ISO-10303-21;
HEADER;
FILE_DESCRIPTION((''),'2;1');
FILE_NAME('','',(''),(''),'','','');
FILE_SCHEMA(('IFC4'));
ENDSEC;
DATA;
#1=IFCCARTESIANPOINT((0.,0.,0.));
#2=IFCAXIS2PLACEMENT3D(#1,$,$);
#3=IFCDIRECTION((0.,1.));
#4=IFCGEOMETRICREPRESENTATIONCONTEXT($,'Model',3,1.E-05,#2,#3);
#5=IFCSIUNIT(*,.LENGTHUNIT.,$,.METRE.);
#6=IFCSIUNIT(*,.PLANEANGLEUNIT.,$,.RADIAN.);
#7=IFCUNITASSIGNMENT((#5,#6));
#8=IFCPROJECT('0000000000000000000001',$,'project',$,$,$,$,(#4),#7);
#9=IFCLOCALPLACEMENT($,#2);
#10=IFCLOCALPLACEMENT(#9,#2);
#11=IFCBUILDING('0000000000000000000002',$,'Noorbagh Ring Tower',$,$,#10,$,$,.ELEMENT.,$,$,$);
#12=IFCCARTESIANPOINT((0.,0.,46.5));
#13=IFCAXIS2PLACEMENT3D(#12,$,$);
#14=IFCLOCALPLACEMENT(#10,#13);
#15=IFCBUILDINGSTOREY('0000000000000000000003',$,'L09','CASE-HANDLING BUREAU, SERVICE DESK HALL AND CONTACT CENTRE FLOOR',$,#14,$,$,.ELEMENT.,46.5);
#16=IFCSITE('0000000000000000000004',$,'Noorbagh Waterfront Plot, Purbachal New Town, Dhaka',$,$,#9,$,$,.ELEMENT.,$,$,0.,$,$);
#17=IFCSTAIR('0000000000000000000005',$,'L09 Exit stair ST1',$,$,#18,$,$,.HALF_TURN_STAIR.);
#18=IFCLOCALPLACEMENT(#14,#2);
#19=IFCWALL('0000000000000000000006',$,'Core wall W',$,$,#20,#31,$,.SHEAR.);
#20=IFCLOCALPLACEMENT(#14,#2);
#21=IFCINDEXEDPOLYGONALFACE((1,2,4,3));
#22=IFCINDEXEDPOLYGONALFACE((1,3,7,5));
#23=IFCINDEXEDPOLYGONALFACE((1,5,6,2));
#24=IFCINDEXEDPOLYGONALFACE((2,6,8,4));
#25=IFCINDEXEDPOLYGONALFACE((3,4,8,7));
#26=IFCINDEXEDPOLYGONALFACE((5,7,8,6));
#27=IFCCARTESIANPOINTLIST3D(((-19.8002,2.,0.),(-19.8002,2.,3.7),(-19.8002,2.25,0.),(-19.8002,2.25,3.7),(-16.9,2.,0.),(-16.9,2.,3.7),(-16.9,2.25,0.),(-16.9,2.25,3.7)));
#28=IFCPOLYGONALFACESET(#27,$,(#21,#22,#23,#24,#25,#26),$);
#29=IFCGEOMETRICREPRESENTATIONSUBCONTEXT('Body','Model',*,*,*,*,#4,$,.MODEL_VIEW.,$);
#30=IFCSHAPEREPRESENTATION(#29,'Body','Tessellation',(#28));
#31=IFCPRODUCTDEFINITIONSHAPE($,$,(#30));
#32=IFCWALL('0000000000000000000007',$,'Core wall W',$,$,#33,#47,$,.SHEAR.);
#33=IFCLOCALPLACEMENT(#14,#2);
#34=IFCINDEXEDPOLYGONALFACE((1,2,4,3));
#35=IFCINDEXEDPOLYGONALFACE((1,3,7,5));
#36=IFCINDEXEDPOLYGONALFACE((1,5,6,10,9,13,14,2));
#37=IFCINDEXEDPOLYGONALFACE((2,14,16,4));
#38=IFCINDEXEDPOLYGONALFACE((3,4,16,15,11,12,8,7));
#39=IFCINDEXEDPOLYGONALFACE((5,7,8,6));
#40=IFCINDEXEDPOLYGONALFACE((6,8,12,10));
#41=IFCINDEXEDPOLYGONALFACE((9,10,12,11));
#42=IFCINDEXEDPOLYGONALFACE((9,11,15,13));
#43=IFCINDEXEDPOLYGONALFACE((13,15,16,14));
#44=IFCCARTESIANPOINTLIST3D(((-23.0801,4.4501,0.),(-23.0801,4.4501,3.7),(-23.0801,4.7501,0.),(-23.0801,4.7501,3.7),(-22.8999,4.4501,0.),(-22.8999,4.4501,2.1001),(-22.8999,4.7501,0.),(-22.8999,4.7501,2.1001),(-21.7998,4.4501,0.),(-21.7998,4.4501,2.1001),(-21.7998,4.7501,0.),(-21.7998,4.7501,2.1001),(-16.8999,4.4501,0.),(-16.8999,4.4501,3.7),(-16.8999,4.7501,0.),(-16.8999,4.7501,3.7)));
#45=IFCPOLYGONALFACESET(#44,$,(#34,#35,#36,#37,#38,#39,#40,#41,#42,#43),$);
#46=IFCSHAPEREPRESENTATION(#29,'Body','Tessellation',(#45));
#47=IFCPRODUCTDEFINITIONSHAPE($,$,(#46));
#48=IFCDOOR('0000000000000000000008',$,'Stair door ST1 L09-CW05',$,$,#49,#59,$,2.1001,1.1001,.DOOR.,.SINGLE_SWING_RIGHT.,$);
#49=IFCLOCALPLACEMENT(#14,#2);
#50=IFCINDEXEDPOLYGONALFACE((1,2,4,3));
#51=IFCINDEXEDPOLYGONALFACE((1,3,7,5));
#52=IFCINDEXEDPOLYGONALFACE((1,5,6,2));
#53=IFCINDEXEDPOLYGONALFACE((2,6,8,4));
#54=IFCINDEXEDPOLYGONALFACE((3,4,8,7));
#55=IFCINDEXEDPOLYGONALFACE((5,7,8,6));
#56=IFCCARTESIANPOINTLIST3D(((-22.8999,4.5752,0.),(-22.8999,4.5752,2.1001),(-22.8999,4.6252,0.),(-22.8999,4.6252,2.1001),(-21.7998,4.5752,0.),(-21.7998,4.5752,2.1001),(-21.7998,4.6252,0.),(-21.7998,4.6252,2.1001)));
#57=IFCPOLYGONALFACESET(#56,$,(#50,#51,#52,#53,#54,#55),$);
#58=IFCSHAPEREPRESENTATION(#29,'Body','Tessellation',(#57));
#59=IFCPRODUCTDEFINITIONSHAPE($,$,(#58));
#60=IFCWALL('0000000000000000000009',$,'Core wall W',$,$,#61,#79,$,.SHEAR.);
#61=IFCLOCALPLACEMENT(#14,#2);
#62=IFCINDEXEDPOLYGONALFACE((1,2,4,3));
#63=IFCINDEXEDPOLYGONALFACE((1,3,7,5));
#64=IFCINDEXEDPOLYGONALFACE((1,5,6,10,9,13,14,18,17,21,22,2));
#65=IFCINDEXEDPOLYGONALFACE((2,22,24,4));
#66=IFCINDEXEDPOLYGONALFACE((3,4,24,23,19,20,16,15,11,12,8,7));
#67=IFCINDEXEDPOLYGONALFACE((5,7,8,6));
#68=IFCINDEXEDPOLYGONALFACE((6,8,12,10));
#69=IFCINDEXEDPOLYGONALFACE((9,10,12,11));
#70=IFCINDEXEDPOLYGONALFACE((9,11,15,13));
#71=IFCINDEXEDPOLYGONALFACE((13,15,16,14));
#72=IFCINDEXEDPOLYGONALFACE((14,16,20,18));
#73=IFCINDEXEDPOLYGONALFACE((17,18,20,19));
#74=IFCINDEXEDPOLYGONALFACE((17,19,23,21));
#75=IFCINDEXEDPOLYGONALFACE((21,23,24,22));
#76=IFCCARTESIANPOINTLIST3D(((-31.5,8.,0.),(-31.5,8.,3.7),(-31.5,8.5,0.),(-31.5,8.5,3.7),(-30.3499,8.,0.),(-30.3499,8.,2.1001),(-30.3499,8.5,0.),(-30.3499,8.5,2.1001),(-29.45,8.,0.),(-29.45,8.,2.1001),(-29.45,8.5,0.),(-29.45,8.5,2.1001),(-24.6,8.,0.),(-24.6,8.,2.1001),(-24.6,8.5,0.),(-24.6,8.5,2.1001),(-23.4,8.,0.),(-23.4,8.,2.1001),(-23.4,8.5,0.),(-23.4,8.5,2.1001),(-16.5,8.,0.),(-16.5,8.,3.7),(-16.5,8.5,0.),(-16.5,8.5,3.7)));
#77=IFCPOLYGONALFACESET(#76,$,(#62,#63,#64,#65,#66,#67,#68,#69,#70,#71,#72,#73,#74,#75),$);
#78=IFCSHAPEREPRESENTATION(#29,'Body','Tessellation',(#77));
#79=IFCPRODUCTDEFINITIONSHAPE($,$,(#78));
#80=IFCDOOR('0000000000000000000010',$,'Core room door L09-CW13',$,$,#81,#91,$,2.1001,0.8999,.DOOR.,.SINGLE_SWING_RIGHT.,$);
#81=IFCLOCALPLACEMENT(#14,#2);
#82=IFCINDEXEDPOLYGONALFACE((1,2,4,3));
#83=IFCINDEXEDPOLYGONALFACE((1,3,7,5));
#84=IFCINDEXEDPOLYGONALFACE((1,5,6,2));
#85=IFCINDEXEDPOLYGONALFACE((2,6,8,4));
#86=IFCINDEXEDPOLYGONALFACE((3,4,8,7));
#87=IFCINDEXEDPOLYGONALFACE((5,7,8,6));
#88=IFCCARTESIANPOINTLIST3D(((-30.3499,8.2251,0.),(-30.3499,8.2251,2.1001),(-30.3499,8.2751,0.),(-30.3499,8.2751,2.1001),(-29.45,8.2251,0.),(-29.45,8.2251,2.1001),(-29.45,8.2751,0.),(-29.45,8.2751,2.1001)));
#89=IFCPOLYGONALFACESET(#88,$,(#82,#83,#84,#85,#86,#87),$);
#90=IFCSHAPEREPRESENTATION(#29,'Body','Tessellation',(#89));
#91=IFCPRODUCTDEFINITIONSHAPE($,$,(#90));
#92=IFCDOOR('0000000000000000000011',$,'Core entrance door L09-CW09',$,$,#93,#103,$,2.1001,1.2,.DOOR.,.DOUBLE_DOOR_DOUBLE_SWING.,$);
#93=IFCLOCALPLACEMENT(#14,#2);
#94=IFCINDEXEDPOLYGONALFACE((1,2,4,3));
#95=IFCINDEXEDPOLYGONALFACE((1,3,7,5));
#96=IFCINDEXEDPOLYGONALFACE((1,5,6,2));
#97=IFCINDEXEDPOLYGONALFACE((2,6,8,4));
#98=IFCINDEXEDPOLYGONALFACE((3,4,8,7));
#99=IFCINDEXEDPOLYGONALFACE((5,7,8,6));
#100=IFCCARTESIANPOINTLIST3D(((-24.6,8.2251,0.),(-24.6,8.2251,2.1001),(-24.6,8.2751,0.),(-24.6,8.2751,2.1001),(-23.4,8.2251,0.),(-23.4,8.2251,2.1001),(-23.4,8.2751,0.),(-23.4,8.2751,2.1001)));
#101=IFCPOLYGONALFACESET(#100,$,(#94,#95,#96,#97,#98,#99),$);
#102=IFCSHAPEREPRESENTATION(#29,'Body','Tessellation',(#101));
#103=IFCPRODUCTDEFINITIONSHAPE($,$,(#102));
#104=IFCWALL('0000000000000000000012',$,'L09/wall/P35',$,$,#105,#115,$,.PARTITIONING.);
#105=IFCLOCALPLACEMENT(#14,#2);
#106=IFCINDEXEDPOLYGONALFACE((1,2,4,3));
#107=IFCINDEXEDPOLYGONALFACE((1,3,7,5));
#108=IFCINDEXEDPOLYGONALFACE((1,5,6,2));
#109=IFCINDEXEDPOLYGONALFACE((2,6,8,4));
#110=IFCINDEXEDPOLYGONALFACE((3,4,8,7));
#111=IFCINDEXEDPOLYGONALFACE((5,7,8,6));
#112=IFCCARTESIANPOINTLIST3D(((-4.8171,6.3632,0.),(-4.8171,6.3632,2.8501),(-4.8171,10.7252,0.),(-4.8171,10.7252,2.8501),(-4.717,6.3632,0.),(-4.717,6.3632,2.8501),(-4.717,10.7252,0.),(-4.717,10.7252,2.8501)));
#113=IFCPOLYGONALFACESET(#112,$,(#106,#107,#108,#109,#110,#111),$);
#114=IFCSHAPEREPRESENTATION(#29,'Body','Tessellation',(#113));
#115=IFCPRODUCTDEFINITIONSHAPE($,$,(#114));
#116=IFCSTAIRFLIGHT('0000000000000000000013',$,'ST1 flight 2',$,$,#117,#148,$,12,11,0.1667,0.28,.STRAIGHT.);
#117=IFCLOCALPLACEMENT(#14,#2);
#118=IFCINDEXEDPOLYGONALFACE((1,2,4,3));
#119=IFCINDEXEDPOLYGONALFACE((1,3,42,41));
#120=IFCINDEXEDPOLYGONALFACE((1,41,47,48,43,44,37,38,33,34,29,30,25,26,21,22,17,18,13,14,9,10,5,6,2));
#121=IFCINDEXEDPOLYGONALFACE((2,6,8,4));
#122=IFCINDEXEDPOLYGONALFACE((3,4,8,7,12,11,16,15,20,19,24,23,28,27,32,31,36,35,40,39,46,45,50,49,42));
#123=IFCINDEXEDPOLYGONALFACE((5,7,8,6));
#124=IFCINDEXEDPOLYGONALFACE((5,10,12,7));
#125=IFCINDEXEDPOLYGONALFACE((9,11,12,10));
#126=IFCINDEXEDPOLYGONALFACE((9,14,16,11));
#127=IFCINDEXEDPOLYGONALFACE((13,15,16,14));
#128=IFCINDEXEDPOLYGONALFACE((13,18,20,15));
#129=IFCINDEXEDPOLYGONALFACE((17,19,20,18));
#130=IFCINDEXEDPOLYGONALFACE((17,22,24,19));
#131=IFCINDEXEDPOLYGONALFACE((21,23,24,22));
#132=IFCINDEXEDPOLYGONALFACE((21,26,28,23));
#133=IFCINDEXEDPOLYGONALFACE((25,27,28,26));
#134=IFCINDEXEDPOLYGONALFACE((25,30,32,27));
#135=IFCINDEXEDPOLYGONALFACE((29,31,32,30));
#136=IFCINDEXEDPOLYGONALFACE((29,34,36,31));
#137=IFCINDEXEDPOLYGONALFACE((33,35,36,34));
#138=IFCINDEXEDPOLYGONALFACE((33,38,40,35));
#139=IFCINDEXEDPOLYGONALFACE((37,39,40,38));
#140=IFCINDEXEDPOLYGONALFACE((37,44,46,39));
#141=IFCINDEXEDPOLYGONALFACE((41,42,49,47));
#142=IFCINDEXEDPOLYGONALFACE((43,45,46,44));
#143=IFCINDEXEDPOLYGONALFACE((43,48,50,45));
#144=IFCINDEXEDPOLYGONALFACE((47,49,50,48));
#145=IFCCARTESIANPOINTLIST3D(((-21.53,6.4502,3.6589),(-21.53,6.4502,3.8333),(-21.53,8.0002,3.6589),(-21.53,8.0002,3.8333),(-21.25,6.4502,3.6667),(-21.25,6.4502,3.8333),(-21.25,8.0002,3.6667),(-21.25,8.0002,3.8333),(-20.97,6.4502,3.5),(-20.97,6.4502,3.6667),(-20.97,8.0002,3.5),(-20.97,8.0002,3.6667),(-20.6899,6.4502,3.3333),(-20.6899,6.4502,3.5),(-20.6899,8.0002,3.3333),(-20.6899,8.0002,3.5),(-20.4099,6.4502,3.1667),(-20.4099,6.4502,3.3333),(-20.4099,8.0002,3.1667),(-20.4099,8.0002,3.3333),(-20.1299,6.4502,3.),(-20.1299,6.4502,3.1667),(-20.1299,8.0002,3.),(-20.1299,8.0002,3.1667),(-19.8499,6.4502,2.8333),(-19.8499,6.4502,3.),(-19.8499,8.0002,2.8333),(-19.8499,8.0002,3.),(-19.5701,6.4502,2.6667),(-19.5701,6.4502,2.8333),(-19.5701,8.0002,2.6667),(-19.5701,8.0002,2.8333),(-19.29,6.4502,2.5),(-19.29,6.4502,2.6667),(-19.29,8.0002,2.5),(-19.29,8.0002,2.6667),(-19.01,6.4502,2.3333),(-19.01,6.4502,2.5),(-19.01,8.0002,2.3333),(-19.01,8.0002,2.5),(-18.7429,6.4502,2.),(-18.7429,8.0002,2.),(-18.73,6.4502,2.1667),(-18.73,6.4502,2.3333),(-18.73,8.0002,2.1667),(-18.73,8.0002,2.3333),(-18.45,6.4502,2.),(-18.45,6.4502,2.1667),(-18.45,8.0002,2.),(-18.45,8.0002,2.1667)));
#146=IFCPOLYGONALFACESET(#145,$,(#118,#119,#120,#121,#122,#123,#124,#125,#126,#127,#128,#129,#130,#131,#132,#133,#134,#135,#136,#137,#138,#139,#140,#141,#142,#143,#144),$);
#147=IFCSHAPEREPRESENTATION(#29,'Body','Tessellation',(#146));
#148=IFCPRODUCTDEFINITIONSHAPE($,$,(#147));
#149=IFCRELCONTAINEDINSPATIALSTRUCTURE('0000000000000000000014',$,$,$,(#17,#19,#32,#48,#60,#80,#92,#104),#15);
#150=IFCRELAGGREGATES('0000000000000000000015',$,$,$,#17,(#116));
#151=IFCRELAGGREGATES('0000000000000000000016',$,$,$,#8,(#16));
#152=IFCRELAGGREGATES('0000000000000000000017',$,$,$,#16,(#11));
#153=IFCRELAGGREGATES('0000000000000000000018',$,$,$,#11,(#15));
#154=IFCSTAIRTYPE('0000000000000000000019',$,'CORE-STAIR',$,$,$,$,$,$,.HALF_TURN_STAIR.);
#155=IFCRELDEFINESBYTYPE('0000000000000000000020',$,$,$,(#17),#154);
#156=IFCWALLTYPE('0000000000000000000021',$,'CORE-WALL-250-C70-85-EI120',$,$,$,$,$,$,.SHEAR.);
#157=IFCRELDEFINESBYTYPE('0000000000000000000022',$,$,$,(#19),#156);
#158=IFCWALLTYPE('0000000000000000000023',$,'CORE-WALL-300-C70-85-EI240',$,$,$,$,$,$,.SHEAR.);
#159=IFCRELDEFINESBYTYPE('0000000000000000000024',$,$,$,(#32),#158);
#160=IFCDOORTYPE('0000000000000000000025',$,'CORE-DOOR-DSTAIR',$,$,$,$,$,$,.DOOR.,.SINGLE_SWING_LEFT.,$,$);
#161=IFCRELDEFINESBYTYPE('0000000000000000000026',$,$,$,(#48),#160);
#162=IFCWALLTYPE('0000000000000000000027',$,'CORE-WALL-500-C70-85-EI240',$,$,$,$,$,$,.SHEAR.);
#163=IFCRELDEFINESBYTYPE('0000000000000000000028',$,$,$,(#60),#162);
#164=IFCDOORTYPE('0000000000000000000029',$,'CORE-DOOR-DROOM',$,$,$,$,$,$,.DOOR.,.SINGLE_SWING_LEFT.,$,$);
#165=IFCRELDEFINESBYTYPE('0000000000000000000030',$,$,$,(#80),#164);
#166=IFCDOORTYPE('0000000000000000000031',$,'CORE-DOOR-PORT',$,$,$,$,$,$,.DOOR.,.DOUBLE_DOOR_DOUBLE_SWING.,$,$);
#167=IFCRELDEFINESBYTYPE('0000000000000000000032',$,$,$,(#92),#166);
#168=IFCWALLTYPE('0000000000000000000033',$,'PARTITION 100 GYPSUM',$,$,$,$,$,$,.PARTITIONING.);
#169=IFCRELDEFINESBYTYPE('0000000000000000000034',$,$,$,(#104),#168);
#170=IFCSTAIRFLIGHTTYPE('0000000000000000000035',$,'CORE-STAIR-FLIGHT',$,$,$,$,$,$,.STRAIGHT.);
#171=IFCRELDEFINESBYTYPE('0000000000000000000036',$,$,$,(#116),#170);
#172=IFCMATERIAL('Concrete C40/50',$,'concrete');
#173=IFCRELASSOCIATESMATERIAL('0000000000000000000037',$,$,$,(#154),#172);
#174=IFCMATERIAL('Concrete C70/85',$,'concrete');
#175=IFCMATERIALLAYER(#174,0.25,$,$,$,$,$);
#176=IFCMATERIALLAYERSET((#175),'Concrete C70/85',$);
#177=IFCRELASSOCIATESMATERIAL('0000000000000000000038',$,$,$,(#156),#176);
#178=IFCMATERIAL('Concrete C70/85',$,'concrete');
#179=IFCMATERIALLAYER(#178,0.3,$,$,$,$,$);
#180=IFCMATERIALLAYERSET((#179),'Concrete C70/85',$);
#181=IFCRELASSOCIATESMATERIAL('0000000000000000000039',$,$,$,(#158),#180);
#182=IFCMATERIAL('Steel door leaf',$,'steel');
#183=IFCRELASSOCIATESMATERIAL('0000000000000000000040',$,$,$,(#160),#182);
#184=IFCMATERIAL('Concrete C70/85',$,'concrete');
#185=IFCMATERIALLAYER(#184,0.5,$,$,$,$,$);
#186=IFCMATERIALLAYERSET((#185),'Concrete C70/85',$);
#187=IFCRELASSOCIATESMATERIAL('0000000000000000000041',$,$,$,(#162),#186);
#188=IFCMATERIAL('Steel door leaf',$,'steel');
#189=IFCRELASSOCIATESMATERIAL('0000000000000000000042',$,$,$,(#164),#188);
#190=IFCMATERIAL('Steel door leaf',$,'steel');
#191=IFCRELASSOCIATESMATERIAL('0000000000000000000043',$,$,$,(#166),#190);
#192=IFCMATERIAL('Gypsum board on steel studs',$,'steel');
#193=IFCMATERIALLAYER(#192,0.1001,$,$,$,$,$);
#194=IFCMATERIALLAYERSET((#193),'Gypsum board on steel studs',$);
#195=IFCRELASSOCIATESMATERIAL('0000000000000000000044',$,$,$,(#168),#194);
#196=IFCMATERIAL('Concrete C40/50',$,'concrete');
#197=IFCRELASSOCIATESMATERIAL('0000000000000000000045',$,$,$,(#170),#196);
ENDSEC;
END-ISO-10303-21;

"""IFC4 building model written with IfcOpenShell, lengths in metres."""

from ifc_helpers import new_model, si_unit, direction, frame, frame_2d, origin, place, context, subcontext, project, spatial, polyline, rectangle, outline, extrude, material, layer, layer_set, type_object, element, fill, aggregate, save


model = new_model("IFC4")

# Units and contexts
model_context = context("Model", 3, precision=1e-05, world=origin(), true_north=direction((0.0, 1.0)))
body_context = subcontext(model_context, "Body", "Model", "MODEL_VIEW")
ifc_project = project(units=[si_unit("LENGTHUNIT", "METRE"), si_unit("PLANEANGLEUNIT", "RADIAN")], contexts=[model_context])

# Site, building, storey
site_placement = place(None, origin())
site = spatial("IfcSite", under=ifc_project, at=site_placement, Name="Noorbagh Waterfront Plot, Purbachal New Town, Dhaka", CompositionType="ELEMENT", RefElevation=0.0)
building_placement = place(site_placement, origin())
building = spatial("IfcBuilding", under=site, at=building_placement, Name="Noorbagh Ring Tower", CompositionType="ELEMENT")
storey_placement = place(building_placement, frame((0.0, 0.0, 46.5)))
storey = spatial("IfcBuildingStorey", under=building, at=storey_placement, Name="L09", Description="CASE-HANDLING BUREAU, SERVICE DESK HALL AND CONTACT CENTRE FLOOR", CompositionType="ELEMENT", Elevation=46.5)

# Stair
ifc_material_1 = material(Name="Concrete C40/50", Category="concrete")
stair_type = type_object("IfcStairType", Name="CORE-STAIR", PredefinedType="HALF_TURN_STAIR", material=ifc_material_1)
stair_1_placement = place(storey_placement, origin())
stair_1 = element("IfcStair", 1, at=stair_1_placement, inside=storey, type_object=stair_type, Name="L09 Exit stair ST1", PredefinedType="HALF_TURN_STAIR")

# Wall
ifc_material_2 = material(Name="Concrete C70/85", Category="concrete")
ifc_layer_1 = layer(ifc_material_2, 0.25)
ifc_layer_set_1 = layer_set([ifc_layer_1], Name="Concrete C70/85")
wall_type_1 = type_object("IfcWallType", Name="CORE-WALL-250-C70-85-EI120", PredefinedType="SHEAR", material=ifc_layer_set_1)
wall_1_placement = place(storey_placement, frame((-16.8999, 2.125, 0.0), z_axis=(0.0, 0.0, 1.0), x_axis=(-1.0, 0.0, 0.0)))
element("IfcWall", 2, at=wall_1_placement, inside=storey, type_object=wall_type_1, Name="Core wall W", PredefinedType="SHEAR", context=body_context, shape_type="SweptSolid", body=[
    extrude(rectangle(XDim=2.9001, YDim=0.25, at=frame_2d((1.4502, 0.0))), origin(), (0.0, 0.0, 1.0), 3.7),
])

# Wall, opening, door
ifc_material_3 = material(Name="Concrete C70/85", Category="concrete")
ifc_layer_2 = layer(ifc_material_3, 0.3)
ifc_layer_set_2 = layer_set([ifc_layer_2], Name="Concrete C70/85")
wall_type_2 = type_object("IfcWallType", Name="CORE-WALL-300-C70-85-EI240", PredefinedType="SHEAR", material=ifc_layer_set_2)
wall_2_placement = place(storey_placement, frame((-16.8999, 4.6001, 0.0), z_axis=(0.0, 0.0, 1.0), x_axis=(-1.0, 0.0, 0.0)))
wall_2 = element("IfcWall", 3, at=wall_2_placement, inside=storey, type_object=wall_type_2, Name="Core wall W", PredefinedType="SHEAR", context=body_context, shape_type="SweptSolid", body=[
    extrude(rectangle(XDim=6.1802, YDim=0.3, at=frame_2d((3.0901, 0.0))), origin(), (0.0, 0.0, 1.0), 3.7),
])
opening_1_placement = place(wall_2_placement, frame((4.8999, 0.0, 0.0)))
opening_1 = element("IfcOpeningElement", 4, at=opening_1_placement, cuts=wall_2, PredefinedType="OPENING", context=body_context, shape_type="SweptSolid", body=[
    extrude(rectangle(XDim=1.1001, YDim=2.1001, at=frame_2d((0.55, 1.05))), frame((0.0, 0.1602, 0.0), z_axis=(0.0, -1.0, 0.0), x_axis=(1.0, 0.0, 0.0)), (0.0, 0.0, 1.0), 0.3201),
])
ifc_material_4 = material(Name="Steel door leaf", Category="steel")
door_type_1 = type_object("IfcDoorType", Name="CORE-DOOR-DSTAIR", OperationType="SINGLE_SWING_LEFT", PredefinedType="DOOR", material=ifc_material_4)
door_1_placement = place(opening_1_placement, origin())
door_1 = element("IfcDoor", 5, at=door_1_placement, inside=storey, type_object=door_type_1, Name="Stair door ST1 L09-CW05", OperationType="SINGLE_SWING_RIGHT", OverallHeight=2.1001, OverallWidth=1.1001, PredefinedType="DOOR", context=body_context, shape_type="SweptSolid", body=[
    extrude(rectangle(XDim=1.1001, YDim=2.1001, at=frame_2d((0.55, 1.05))), frame((0.0, 0.0249, 0.0), z_axis=(0.0, -1.0, 0.0), x_axis=(1.0, 0.0, 0.0)), (0.0, 0.0, 1.0), 0.05),
])
fill(opening_1, door_1)

# Wall, openings, doors
ifc_material_5 = material(Name="Concrete C70/85", Category="concrete")
ifc_layer_3 = layer(ifc_material_5, 0.5)
ifc_layer_set_3 = layer_set([ifc_layer_3], Name="Concrete C70/85")
wall_type_3 = type_object("IfcWallType", Name="CORE-WALL-500-C70-85-EI240", PredefinedType="SHEAR", material=ifc_layer_set_3)
wall_3_placement = place(storey_placement, frame((-16.5, 8.25, 0.0), z_axis=(0.0, 0.0, 1.0), x_axis=(-1.0, 0.0, 0.0)))
wall_3 = element("IfcWall", 6, at=wall_3_placement, inside=storey, type_object=wall_type_3, Name="Core wall W", PredefinedType="SHEAR", context=body_context, shape_type="SweptSolid", body=[
    extrude(rectangle(XDim=15.0, YDim=0.5, at=frame_2d((7.5, 0.0))), origin(), (0.0, 0.0, 1.0), 3.7),
])
opening_2_placement = place(wall_3_placement, frame((6.8999, 0.0, 0.0)))
opening_2 = element("IfcOpeningElement", 7, at=opening_2_placement, cuts=wall_3, PredefinedType="OPENING", context=body_context, shape_type="SweptSolid", body=[
    extrude(rectangle(XDim=1.2, YDim=2.1001, at=frame_2d((0.6001, 1.05))), frame((0.0, 0.26, 0.0), z_axis=(0.0, -1.0, 0.0), x_axis=(1.0, 0.0, 0.0)), (0.0, 0.0, 1.0), 0.52),
])
opening_3_placement = place(wall_3_placement, frame((12.95, 0.0, 0.0)))
opening_3 = element("IfcOpeningElement", 8, at=opening_3_placement, cuts=wall_3, PredefinedType="OPENING", context=body_context, shape_type="SweptSolid", body=[
    extrude(rectangle(XDim=0.8999, YDim=2.1001, at=frame_2d((0.45, 1.05))), frame((0.0, 0.26, 0.0), z_axis=(0.0, -1.0, 0.0), x_axis=(1.0, 0.0, 0.0)), (0.0, 0.0, 1.0), 0.52),
])
ifc_material_6 = material(Name="Steel door leaf", Category="steel")
door_type_2 = type_object("IfcDoorType", Name="CORE-DOOR-DROOM", OperationType="SINGLE_SWING_LEFT", PredefinedType="DOOR", material=ifc_material_6)
door_2_placement = place(opening_3_placement, origin())
door_2 = element("IfcDoor", 9, at=door_2_placement, inside=storey, type_object=door_type_2, Name="Core room door L09-CW13", OperationType="SINGLE_SWING_RIGHT", OverallHeight=2.1001, OverallWidth=0.8999, PredefinedType="DOOR", context=body_context, shape_type="SweptSolid", body=[
    extrude(rectangle(XDim=0.8999, YDim=2.1001, at=frame_2d((0.45, 1.05))), frame((0.0, 0.0249, 0.0), z_axis=(0.0, -1.0, 0.0), x_axis=(1.0, 0.0, 0.0)), (0.0, 0.0, 1.0), 0.05),
])
fill(opening_3, door_2)
ifc_material_7 = material(Name="Steel door leaf", Category="steel")
door_type_3 = type_object("IfcDoorType", Name="CORE-DOOR-PORT", OperationType="DOUBLE_DOOR_DOUBLE_SWING", PredefinedType="DOOR", material=ifc_material_7)
door_3_placement = place(opening_2_placement, origin())
door_3 = element("IfcDoor", 10, at=door_3_placement, inside=storey, type_object=door_type_3, Name="Core entrance door L09-CW09", OperationType="DOUBLE_DOOR_DOUBLE_SWING", OverallHeight=2.1001, OverallWidth=1.2, PredefinedType="DOOR", context=body_context, shape_type="SweptSolid", body=[
    extrude(rectangle(XDim=1.2, YDim=2.1001, at=frame_2d((0.6001, 1.05))), frame((0.0, 0.0249, 0.0), z_axis=(0.0, -1.0, 0.0), x_axis=(1.0, 0.0, 0.0)), (0.0, 0.0, 1.0), 0.05),
])
fill(opening_2, door_3)

# Wall
ifc_material_8 = material(Name="Gypsum board on steel studs", Category="steel")
ifc_layer_4 = layer(ifc_material_8, 0.1001)
ifc_layer_set_4 = layer_set([ifc_layer_4], Name="Gypsum board on steel studs")
wall_type_4 = type_object("IfcWallType", Name="PARTITION 100 GYPSUM", PredefinedType="PARTITIONING", material=ifc_layer_set_4)
wall_4_placement = place(storey_placement, frame((-4.7671, 6.363, 0.0), z_axis=(0.0, 0.0, 1.0), x_axis=(0.0, 1.0, 0.0)))
element("IfcWall", 11, at=wall_4_placement, inside=storey, type_object=wall_type_4, Name="L09/wall/P35", PredefinedType="PARTITIONING", context=body_context, shape_type="SweptSolid", body=[
    extrude(rectangle(XDim=4.3621, YDim=0.1001, at=frame_2d((2.1812, 0.0))), origin(), (0.0, 0.0, 1.0), 2.8501),
])

# Stair flight
ifc_material_9 = material(Name="Concrete C40/50", Category="concrete")
stair_flight_type = type_object("IfcStairFlightType", Name="CORE-STAIR-FLIGHT", PredefinedType="STRAIGHT", material=ifc_material_9)
stair_flight_placement = place(storey_placement, frame((-18.45, 7.2251, 2.0), z_axis=(0.0, 0.0, 1.0), x_axis=(-1.0, 0.0, 0.0)))
stair_flight = element("IfcStairFlight", 12, at=stair_flight_placement, type_object=stair_flight_type, Name="ST1 flight 2", NumberOfRisers=12, NumberOfTreads=11, PredefinedType="STRAIGHT", RiserHeight=0.1667, TreadLength=0.28, context=body_context, shape_type="SweptSolid", body=[
    extrude(outline(polyline([(0.0, 0.0), (0.0, 0.1667), (0.28, 0.1667), (0.28, 0.3333), (0.5601, 0.3333), (0.5601, 0.5), (0.8401, 0.5), (0.8401, 0.6667), (1.1201, 0.6667), (1.1201, 0.8333), (1.3999, 0.8333), (1.3999, 1.0), (1.6799, 1.0), (1.6799, 1.1667), (1.96, 1.1667), (1.96, 1.3333), (2.24, 1.3333), (2.24, 1.5), (2.52, 1.5), (2.52, 1.6667), (2.8, 1.6667), (2.8, 1.8333), (3.0801, 1.8333), (3.0801, 2.0), (3.0801, 1.6589), (0.293, 0.0), (0.0, 0.0)])), frame((0.0, 0.7749, 0.0), z_axis=(0.0, -1.0, 0.0), x_axis=(1.0, 0.0, 0.0)), (0.0, 0.0, 1.0), 1.55),
])
aggregate(stair_1, [stair_flight])

save(model, "model.ifc")
